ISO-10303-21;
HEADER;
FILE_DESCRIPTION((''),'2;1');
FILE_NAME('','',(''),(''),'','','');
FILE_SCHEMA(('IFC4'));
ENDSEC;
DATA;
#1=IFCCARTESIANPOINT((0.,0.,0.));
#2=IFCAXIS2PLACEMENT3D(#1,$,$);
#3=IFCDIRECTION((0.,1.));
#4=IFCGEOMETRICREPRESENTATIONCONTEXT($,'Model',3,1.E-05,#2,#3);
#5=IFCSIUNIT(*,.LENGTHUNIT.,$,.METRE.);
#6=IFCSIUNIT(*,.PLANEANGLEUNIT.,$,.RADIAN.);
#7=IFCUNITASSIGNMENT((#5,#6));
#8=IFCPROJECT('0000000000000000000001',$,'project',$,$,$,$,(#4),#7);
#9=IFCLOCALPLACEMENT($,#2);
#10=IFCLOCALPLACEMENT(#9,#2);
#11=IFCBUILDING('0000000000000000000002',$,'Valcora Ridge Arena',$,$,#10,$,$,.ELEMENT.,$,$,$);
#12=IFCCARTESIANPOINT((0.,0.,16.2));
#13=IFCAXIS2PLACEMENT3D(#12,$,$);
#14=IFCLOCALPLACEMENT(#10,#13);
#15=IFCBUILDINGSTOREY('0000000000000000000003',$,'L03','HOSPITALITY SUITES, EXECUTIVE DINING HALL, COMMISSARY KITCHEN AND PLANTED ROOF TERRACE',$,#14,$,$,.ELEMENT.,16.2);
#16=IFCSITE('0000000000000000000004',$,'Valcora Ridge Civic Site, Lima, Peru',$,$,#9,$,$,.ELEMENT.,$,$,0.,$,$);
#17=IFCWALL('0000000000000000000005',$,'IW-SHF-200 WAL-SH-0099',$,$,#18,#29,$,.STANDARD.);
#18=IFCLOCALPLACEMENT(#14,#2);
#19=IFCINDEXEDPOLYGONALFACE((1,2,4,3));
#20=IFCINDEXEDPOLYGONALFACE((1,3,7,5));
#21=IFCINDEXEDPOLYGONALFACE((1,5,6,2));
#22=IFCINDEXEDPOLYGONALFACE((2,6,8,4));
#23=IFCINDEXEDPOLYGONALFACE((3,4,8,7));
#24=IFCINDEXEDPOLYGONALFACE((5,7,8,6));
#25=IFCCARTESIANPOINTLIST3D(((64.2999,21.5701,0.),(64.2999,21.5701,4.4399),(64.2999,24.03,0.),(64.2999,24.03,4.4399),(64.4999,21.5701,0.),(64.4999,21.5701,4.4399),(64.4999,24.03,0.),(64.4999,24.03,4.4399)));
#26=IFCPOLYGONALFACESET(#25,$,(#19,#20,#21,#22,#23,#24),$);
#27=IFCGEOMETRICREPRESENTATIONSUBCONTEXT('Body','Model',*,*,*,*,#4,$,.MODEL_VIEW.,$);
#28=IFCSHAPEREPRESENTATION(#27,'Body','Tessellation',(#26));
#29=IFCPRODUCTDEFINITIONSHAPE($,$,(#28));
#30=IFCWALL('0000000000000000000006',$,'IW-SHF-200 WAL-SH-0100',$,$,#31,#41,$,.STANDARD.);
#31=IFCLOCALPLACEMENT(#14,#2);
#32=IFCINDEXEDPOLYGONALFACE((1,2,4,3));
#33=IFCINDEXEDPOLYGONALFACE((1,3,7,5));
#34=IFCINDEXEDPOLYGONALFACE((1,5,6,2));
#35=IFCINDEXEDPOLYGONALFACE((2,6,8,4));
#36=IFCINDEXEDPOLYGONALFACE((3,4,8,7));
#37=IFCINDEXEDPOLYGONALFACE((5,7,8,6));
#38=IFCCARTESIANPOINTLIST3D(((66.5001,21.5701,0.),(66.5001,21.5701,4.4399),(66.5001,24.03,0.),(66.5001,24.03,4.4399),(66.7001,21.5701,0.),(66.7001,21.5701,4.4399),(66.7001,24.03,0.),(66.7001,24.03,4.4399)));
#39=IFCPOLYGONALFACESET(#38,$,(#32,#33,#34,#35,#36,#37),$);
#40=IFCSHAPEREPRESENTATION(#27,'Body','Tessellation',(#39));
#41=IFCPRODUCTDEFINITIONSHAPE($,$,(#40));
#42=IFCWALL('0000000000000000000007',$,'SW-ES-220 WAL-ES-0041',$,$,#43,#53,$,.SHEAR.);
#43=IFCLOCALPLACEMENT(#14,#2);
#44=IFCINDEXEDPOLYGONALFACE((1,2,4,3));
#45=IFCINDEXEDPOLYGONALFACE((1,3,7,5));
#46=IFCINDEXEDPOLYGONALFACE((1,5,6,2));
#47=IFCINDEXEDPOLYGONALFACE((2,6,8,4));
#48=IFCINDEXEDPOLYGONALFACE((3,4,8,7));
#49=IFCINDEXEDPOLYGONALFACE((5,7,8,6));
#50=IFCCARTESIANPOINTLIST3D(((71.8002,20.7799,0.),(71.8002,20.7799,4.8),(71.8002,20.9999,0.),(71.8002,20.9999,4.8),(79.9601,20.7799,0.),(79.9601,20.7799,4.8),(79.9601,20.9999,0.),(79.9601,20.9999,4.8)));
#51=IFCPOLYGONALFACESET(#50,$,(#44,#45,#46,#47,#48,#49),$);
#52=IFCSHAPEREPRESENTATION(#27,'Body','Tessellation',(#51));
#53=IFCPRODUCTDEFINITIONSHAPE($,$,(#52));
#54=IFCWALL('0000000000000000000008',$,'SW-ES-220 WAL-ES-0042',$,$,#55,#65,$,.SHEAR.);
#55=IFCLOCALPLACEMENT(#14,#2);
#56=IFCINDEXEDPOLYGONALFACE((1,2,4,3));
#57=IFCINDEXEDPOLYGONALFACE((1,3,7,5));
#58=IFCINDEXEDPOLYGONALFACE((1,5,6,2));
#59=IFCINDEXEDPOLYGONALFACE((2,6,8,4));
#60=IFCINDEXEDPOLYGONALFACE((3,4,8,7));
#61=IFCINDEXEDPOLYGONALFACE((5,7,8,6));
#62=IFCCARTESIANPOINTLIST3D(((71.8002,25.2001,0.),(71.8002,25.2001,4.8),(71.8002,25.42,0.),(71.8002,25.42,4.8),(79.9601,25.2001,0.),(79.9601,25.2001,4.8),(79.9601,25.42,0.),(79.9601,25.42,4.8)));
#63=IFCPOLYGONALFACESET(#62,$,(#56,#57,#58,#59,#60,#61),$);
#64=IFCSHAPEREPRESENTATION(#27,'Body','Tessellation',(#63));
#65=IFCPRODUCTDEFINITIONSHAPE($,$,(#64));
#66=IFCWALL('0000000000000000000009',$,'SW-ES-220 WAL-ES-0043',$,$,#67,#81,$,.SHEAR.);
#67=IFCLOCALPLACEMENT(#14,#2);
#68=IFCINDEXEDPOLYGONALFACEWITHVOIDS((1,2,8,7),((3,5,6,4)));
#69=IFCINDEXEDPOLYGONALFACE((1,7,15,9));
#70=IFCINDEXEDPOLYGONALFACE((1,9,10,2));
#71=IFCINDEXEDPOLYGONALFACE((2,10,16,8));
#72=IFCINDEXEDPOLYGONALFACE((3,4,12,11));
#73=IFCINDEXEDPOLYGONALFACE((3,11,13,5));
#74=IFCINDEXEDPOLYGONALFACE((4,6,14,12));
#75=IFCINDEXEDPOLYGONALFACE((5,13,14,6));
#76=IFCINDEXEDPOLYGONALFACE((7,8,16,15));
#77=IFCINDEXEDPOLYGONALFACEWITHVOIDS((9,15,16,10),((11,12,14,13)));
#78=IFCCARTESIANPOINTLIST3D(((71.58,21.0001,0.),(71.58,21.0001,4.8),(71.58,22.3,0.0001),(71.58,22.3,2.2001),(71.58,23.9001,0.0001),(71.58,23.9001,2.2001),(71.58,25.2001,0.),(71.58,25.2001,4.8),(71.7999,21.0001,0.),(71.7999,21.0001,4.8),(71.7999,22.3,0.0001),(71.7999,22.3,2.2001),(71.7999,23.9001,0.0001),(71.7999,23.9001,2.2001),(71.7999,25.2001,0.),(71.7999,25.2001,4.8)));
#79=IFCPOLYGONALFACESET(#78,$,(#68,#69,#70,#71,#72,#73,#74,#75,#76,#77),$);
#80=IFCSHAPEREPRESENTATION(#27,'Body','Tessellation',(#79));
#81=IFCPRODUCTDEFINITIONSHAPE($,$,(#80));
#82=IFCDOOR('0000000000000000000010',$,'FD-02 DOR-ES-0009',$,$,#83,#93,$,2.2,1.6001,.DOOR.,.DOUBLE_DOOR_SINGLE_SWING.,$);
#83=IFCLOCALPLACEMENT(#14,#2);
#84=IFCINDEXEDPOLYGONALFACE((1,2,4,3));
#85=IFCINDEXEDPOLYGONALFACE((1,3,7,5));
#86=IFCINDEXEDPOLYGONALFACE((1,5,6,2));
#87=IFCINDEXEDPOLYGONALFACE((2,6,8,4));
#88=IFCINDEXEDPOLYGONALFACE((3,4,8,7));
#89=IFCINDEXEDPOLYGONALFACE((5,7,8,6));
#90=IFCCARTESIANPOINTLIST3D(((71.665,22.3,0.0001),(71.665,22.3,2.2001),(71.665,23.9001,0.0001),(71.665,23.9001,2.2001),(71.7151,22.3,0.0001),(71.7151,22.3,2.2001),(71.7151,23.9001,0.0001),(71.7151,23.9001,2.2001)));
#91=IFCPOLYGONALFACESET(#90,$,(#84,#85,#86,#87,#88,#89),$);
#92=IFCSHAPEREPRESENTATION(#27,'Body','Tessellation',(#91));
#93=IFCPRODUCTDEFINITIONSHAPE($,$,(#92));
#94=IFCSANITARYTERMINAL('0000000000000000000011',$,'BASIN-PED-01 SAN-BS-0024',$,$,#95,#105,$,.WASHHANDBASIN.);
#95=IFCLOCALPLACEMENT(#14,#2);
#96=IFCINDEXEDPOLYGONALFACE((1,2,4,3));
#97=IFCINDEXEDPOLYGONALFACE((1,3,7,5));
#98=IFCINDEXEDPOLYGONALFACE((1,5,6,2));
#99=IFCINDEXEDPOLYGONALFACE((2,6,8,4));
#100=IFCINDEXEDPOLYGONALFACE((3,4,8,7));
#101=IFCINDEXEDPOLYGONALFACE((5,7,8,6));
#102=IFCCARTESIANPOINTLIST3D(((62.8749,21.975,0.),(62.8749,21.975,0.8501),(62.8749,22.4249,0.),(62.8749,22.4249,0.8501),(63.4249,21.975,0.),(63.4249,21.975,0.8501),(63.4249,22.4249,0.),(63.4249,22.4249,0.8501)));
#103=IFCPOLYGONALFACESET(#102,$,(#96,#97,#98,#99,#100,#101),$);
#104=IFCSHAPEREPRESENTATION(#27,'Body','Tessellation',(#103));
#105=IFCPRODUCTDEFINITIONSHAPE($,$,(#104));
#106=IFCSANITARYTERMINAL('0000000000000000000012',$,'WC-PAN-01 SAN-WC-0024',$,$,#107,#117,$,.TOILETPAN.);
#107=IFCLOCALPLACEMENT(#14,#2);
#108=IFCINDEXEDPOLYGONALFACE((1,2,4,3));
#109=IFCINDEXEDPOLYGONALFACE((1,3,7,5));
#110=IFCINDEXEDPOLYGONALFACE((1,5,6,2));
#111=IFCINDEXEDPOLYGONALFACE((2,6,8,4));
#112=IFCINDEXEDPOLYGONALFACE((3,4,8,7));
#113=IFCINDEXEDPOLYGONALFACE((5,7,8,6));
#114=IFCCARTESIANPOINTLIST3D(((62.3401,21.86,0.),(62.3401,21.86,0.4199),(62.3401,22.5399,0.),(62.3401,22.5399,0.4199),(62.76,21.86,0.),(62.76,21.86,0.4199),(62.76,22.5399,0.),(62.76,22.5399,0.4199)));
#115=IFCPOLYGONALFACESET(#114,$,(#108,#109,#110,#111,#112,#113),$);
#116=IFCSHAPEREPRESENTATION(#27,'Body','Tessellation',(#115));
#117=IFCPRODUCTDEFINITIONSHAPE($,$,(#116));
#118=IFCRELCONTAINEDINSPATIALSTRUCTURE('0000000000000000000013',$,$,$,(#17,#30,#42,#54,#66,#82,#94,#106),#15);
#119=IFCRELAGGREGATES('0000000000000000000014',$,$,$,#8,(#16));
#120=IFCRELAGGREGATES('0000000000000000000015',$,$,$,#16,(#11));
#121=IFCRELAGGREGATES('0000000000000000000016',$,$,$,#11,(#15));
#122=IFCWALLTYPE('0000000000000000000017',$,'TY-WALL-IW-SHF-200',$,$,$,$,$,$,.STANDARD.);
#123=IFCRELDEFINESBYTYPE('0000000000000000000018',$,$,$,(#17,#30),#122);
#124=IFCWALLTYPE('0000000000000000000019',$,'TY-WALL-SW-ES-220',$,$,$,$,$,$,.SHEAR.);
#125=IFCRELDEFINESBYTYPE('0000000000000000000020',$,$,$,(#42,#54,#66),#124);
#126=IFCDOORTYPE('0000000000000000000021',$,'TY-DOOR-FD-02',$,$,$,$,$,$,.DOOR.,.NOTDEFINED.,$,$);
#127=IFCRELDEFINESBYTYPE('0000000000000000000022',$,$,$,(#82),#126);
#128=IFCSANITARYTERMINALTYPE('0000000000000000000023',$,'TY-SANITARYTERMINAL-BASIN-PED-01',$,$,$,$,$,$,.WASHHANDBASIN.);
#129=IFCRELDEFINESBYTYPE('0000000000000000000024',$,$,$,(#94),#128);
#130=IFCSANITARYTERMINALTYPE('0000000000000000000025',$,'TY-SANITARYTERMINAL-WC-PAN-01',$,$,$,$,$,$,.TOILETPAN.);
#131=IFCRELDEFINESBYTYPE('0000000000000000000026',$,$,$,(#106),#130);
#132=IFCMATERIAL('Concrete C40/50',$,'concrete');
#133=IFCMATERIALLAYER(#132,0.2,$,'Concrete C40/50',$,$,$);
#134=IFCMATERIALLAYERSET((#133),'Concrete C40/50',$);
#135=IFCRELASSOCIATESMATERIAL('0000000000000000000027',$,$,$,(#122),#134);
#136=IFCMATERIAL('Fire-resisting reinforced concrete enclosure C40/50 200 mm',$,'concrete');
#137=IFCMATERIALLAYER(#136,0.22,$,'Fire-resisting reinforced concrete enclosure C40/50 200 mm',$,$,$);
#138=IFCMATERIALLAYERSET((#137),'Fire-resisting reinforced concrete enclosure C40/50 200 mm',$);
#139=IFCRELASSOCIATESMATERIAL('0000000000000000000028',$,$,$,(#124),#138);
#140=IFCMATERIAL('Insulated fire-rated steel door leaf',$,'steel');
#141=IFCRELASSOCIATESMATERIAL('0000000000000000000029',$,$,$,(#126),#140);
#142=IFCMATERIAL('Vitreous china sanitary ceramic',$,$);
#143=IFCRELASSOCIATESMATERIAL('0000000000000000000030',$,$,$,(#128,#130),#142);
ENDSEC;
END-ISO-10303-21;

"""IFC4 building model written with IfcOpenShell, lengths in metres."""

from ifc_helpers import new_model, si_unit, direction, frame, frame_2d, origin, origin_2d, place, context, subcontext, project, spatial, rectangle, extrude, material, layer, layer_set, type_object, element, fill, save


model = new_model("IFC4")

# Units and contexts
model_context = context("Model", 3, precision=1e-05, world=origin(), true_north=direction((0.0, 1.0)))
body_context = subcontext(model_context, "Body", "Model", "MODEL_VIEW")
ifc_project = project(units=[si_unit("LENGTHUNIT", "METRE"), si_unit("PLANEANGLEUNIT", "RADIAN")], contexts=[model_context])

# Site, building, storey
site_placement = place(None, origin())
site = spatial("IfcSite", under=ifc_project, at=site_placement, Name="Valcora Ridge Civic Site, Lima, Peru", CompositionType="ELEMENT", RefElevation=0.0)
building_placement = place(site_placement, origin())
building = spatial("IfcBuilding", under=site, at=building_placement, Name="Valcora Ridge Arena", CompositionType="ELEMENT")
storey_placement = place(building_placement, frame((0.0, 0.0, 16.2)))
storey = spatial("IfcBuildingStorey", under=building, at=storey_placement, Name="L03", Description="HOSPITALITY SUITES, EXECUTIVE DINING HALL, COMMISSARY KITCHEN AND PLANTED ROOF TERRACE", CompositionType="ELEMENT", Elevation=16.2)

# Shared definitions
ifc_material_1 = material(Name="Concrete C40/50", Category="concrete")

# Shared definitions
ifc_material_2 = material(Name="Insulated fire-rated steel door leaf", Category="steel")

# Shared definitions
ifc_layer_1 = layer(ifc_material_1, 0.2, Name="Concrete C40/50")
ifc_layer_set_1 = layer_set([ifc_layer_1], Name="Concrete C40/50")
wall_type_1 = type_object("IfcWallType", Name="TY-WALL-IW-SHF-200", PredefinedType="STANDARD", material=ifc_layer_set_1)

# Walls
for number, where, z_axis, x_axis, name in (
    (1, (64.3999, 21.5701, 0.0), (0.0, 0.0, 1.0), (0.0, 1.0, 0.0), "IW-SHF-200 WAL-SH-0099"),
    (2, (66.6001, 21.5701, 0.0), (0.0, 0.0, 1.0), (0.0, 1.0, 0.0), "IW-SHF-200 WAL-SH-0100"),
):
    element("IfcWall", number, at=place(storey_placement, frame(where, z_axis=z_axis, x_axis=x_axis)), inside=storey, type_object=wall_type_1, Name=name, PredefinedType="STANDARD", context=body_context, shape_type="SweptSolid", body=[
        extrude(rectangle(XDim=2.46, YDim=0.2, at=frame_2d((1.23, 0.0))), origin(), (0.0, 0.0, 1.0), 4.4399),
    ])
ifc_material_3 = material(Name="Fire-resisting reinforced concrete enclosure C40/50 200 mm", Category="concrete")
ifc_layer_2 = layer(ifc_material_3, 0.22, Name="Fire-resisting reinforced concrete enclosure C40/50 200 mm")
ifc_layer_set_2 = layer_set([ifc_layer_2], Name="Fire-resisting reinforced concrete enclosure C40/50 200 mm")
wall_type_2 = type_object("IfcWallType", Name="TY-WALL-SW-ES-220", PredefinedType="SHEAR", material=ifc_layer_set_2)
for number, where, z_axis, x_axis, name in (
    (3, (71.8, 20.8899, 0.0), (0.0, 0.0, 1.0), (1.0, 0.0, 0.0), "SW-ES-220 WAL-ES-0041"),
    (4, (71.8, 25.3101, 0.0), (0.0, 0.0, 1.0), (1.0, 0.0, 0.0), "SW-ES-220 WAL-ES-0042"),
):
    element("IfcWall", number, at=place(storey_placement, frame(where, z_axis=z_axis, x_axis=x_axis)), inside=storey, type_object=wall_type_2, Name=name, PredefinedType="SHEAR", context=body_context, shape_type="SweptSolid", body=[
        extrude(rectangle(XDim=8.1599, YDim=0.22, at=frame_2d((4.0801, 0.0))), origin(), (0.0, 0.0, 1.0), 4.8),
    ])

# Wall, opening, door
wall_1_placement = place(storey_placement, frame((71.6899, 21.0, 0.0), z_axis=(0.0, 0.0, 1.0), x_axis=(0.0, 1.0, 0.0)))
wall_1 = element("IfcWall", 5, at=wall_1_placement, inside=storey, type_object=wall_type_2, Name="SW-ES-220 WAL-ES-0043", PredefinedType="SHEAR", context=body_context, shape_type="SweptSolid", body=[
    extrude(rectangle(XDim=4.2, YDim=0.22, at=frame_2d((2.1001, 0.0))), origin(), (0.0, 0.0, 1.0), 4.8),
])
opening_1_placement = place(wall_1_placement, frame((1.3, 0.0, 0.0)))
opening_1 = element("IfcOpeningElement", 6, at=opening_1_placement, cuts=wall_1, PredefinedType="OPENING", context=body_context, shape_type="SweptSolid", body=[
    extrude(rectangle(XDim=1.6001, YDim=2.2, at=frame_2d((0.8, 1.1001))), frame((0.0, 0.1199, 0.0), z_axis=(0.0, -1.0, 0.0), x_axis=(1.0, 0.0, 0.0)), (0.0, 0.0, 1.0), 0.24),
])
door_type_1 = type_object("IfcDoorType", Name="TY-DOOR-FD-02", OperationType="NOTDEFINED", PredefinedType="DOOR", material=ifc_material_2)
door_1_placement = place(opening_1_placement, origin())
door_1 = element("IfcDoor", 7, at=door_1_placement, inside=storey, type_object=door_type_1, Name="FD-02 DOR-ES-0009", OperationType="DOUBLE_DOOR_SINGLE_SWING", OverallHeight=2.2, OverallWidth=1.6001, PredefinedType="DOOR", context=body_context, shape_type="SweptSolid", body=[
    extrude(rectangle(XDim=1.6001, YDim=2.2, at=frame_2d((0.8, 1.1001))), frame((0.0, 0.0249, 0.0), z_axis=(0.0, -1.0, 0.0), x_axis=(1.0, 0.0, 0.0)), (0.0, 0.0, 1.0), 0.05),
])
fill(opening_1, door_1)

# Sanitary terminals
ifc_material_4 = material(Name="Vitreous china sanitary ceramic")
sanitary_terminal_type_1 = type_object("IfcSanitaryTerminalType", Name="TY-SANITARYTERMINAL-BASIN-PED-01", PredefinedType="WASHHANDBASIN", material=ifc_material_4)
sanitary_terminal_1_placement = place(storey_placement, frame((63.1499, 22.2, 0.0), z_axis=(0.0, 0.0, 1.0), x_axis=(1.0, 0.0, 0.0)))
element("IfcSanitaryTerminal", 8, at=sanitary_terminal_1_placement, inside=storey, type_object=sanitary_terminal_type_1, Name="BASIN-PED-01 SAN-BS-0024", PredefinedType="WASHHANDBASIN", context=body_context, shape_type="SweptSolid", body=[
    extrude(rectangle(XDim=0.55, YDim=0.45, at=origin_2d()), origin(), (0.0, 0.0, 1.0), 0.8501),
])
sanitary_terminal_type_2 = type_object("IfcSanitaryTerminalType", Name="TY-SANITARYTERMINAL-WC-PAN-01", PredefinedType="TOILETPAN", material=ifc_material_4)
sanitary_terminal_2_placement = place(storey_placement, frame((62.55, 22.2, 0.0), z_axis=(0.0, 0.0, 1.0), x_axis=(1.0, 0.0, 0.0)))
element("IfcSanitaryTerminal", 9, at=sanitary_terminal_2_placement, inside=storey, type_object=sanitary_terminal_type_2, Name="WC-PAN-01 SAN-WC-0024", PredefinedType="TOILETPAN", context=body_context, shape_type="SweptSolid", body=[
    extrude(rectangle(XDim=0.4199, YDim=0.6799, at=origin_2d()), origin(), (0.0, 0.0, 1.0), 0.4199),
])

save(model, "model.ifc")
